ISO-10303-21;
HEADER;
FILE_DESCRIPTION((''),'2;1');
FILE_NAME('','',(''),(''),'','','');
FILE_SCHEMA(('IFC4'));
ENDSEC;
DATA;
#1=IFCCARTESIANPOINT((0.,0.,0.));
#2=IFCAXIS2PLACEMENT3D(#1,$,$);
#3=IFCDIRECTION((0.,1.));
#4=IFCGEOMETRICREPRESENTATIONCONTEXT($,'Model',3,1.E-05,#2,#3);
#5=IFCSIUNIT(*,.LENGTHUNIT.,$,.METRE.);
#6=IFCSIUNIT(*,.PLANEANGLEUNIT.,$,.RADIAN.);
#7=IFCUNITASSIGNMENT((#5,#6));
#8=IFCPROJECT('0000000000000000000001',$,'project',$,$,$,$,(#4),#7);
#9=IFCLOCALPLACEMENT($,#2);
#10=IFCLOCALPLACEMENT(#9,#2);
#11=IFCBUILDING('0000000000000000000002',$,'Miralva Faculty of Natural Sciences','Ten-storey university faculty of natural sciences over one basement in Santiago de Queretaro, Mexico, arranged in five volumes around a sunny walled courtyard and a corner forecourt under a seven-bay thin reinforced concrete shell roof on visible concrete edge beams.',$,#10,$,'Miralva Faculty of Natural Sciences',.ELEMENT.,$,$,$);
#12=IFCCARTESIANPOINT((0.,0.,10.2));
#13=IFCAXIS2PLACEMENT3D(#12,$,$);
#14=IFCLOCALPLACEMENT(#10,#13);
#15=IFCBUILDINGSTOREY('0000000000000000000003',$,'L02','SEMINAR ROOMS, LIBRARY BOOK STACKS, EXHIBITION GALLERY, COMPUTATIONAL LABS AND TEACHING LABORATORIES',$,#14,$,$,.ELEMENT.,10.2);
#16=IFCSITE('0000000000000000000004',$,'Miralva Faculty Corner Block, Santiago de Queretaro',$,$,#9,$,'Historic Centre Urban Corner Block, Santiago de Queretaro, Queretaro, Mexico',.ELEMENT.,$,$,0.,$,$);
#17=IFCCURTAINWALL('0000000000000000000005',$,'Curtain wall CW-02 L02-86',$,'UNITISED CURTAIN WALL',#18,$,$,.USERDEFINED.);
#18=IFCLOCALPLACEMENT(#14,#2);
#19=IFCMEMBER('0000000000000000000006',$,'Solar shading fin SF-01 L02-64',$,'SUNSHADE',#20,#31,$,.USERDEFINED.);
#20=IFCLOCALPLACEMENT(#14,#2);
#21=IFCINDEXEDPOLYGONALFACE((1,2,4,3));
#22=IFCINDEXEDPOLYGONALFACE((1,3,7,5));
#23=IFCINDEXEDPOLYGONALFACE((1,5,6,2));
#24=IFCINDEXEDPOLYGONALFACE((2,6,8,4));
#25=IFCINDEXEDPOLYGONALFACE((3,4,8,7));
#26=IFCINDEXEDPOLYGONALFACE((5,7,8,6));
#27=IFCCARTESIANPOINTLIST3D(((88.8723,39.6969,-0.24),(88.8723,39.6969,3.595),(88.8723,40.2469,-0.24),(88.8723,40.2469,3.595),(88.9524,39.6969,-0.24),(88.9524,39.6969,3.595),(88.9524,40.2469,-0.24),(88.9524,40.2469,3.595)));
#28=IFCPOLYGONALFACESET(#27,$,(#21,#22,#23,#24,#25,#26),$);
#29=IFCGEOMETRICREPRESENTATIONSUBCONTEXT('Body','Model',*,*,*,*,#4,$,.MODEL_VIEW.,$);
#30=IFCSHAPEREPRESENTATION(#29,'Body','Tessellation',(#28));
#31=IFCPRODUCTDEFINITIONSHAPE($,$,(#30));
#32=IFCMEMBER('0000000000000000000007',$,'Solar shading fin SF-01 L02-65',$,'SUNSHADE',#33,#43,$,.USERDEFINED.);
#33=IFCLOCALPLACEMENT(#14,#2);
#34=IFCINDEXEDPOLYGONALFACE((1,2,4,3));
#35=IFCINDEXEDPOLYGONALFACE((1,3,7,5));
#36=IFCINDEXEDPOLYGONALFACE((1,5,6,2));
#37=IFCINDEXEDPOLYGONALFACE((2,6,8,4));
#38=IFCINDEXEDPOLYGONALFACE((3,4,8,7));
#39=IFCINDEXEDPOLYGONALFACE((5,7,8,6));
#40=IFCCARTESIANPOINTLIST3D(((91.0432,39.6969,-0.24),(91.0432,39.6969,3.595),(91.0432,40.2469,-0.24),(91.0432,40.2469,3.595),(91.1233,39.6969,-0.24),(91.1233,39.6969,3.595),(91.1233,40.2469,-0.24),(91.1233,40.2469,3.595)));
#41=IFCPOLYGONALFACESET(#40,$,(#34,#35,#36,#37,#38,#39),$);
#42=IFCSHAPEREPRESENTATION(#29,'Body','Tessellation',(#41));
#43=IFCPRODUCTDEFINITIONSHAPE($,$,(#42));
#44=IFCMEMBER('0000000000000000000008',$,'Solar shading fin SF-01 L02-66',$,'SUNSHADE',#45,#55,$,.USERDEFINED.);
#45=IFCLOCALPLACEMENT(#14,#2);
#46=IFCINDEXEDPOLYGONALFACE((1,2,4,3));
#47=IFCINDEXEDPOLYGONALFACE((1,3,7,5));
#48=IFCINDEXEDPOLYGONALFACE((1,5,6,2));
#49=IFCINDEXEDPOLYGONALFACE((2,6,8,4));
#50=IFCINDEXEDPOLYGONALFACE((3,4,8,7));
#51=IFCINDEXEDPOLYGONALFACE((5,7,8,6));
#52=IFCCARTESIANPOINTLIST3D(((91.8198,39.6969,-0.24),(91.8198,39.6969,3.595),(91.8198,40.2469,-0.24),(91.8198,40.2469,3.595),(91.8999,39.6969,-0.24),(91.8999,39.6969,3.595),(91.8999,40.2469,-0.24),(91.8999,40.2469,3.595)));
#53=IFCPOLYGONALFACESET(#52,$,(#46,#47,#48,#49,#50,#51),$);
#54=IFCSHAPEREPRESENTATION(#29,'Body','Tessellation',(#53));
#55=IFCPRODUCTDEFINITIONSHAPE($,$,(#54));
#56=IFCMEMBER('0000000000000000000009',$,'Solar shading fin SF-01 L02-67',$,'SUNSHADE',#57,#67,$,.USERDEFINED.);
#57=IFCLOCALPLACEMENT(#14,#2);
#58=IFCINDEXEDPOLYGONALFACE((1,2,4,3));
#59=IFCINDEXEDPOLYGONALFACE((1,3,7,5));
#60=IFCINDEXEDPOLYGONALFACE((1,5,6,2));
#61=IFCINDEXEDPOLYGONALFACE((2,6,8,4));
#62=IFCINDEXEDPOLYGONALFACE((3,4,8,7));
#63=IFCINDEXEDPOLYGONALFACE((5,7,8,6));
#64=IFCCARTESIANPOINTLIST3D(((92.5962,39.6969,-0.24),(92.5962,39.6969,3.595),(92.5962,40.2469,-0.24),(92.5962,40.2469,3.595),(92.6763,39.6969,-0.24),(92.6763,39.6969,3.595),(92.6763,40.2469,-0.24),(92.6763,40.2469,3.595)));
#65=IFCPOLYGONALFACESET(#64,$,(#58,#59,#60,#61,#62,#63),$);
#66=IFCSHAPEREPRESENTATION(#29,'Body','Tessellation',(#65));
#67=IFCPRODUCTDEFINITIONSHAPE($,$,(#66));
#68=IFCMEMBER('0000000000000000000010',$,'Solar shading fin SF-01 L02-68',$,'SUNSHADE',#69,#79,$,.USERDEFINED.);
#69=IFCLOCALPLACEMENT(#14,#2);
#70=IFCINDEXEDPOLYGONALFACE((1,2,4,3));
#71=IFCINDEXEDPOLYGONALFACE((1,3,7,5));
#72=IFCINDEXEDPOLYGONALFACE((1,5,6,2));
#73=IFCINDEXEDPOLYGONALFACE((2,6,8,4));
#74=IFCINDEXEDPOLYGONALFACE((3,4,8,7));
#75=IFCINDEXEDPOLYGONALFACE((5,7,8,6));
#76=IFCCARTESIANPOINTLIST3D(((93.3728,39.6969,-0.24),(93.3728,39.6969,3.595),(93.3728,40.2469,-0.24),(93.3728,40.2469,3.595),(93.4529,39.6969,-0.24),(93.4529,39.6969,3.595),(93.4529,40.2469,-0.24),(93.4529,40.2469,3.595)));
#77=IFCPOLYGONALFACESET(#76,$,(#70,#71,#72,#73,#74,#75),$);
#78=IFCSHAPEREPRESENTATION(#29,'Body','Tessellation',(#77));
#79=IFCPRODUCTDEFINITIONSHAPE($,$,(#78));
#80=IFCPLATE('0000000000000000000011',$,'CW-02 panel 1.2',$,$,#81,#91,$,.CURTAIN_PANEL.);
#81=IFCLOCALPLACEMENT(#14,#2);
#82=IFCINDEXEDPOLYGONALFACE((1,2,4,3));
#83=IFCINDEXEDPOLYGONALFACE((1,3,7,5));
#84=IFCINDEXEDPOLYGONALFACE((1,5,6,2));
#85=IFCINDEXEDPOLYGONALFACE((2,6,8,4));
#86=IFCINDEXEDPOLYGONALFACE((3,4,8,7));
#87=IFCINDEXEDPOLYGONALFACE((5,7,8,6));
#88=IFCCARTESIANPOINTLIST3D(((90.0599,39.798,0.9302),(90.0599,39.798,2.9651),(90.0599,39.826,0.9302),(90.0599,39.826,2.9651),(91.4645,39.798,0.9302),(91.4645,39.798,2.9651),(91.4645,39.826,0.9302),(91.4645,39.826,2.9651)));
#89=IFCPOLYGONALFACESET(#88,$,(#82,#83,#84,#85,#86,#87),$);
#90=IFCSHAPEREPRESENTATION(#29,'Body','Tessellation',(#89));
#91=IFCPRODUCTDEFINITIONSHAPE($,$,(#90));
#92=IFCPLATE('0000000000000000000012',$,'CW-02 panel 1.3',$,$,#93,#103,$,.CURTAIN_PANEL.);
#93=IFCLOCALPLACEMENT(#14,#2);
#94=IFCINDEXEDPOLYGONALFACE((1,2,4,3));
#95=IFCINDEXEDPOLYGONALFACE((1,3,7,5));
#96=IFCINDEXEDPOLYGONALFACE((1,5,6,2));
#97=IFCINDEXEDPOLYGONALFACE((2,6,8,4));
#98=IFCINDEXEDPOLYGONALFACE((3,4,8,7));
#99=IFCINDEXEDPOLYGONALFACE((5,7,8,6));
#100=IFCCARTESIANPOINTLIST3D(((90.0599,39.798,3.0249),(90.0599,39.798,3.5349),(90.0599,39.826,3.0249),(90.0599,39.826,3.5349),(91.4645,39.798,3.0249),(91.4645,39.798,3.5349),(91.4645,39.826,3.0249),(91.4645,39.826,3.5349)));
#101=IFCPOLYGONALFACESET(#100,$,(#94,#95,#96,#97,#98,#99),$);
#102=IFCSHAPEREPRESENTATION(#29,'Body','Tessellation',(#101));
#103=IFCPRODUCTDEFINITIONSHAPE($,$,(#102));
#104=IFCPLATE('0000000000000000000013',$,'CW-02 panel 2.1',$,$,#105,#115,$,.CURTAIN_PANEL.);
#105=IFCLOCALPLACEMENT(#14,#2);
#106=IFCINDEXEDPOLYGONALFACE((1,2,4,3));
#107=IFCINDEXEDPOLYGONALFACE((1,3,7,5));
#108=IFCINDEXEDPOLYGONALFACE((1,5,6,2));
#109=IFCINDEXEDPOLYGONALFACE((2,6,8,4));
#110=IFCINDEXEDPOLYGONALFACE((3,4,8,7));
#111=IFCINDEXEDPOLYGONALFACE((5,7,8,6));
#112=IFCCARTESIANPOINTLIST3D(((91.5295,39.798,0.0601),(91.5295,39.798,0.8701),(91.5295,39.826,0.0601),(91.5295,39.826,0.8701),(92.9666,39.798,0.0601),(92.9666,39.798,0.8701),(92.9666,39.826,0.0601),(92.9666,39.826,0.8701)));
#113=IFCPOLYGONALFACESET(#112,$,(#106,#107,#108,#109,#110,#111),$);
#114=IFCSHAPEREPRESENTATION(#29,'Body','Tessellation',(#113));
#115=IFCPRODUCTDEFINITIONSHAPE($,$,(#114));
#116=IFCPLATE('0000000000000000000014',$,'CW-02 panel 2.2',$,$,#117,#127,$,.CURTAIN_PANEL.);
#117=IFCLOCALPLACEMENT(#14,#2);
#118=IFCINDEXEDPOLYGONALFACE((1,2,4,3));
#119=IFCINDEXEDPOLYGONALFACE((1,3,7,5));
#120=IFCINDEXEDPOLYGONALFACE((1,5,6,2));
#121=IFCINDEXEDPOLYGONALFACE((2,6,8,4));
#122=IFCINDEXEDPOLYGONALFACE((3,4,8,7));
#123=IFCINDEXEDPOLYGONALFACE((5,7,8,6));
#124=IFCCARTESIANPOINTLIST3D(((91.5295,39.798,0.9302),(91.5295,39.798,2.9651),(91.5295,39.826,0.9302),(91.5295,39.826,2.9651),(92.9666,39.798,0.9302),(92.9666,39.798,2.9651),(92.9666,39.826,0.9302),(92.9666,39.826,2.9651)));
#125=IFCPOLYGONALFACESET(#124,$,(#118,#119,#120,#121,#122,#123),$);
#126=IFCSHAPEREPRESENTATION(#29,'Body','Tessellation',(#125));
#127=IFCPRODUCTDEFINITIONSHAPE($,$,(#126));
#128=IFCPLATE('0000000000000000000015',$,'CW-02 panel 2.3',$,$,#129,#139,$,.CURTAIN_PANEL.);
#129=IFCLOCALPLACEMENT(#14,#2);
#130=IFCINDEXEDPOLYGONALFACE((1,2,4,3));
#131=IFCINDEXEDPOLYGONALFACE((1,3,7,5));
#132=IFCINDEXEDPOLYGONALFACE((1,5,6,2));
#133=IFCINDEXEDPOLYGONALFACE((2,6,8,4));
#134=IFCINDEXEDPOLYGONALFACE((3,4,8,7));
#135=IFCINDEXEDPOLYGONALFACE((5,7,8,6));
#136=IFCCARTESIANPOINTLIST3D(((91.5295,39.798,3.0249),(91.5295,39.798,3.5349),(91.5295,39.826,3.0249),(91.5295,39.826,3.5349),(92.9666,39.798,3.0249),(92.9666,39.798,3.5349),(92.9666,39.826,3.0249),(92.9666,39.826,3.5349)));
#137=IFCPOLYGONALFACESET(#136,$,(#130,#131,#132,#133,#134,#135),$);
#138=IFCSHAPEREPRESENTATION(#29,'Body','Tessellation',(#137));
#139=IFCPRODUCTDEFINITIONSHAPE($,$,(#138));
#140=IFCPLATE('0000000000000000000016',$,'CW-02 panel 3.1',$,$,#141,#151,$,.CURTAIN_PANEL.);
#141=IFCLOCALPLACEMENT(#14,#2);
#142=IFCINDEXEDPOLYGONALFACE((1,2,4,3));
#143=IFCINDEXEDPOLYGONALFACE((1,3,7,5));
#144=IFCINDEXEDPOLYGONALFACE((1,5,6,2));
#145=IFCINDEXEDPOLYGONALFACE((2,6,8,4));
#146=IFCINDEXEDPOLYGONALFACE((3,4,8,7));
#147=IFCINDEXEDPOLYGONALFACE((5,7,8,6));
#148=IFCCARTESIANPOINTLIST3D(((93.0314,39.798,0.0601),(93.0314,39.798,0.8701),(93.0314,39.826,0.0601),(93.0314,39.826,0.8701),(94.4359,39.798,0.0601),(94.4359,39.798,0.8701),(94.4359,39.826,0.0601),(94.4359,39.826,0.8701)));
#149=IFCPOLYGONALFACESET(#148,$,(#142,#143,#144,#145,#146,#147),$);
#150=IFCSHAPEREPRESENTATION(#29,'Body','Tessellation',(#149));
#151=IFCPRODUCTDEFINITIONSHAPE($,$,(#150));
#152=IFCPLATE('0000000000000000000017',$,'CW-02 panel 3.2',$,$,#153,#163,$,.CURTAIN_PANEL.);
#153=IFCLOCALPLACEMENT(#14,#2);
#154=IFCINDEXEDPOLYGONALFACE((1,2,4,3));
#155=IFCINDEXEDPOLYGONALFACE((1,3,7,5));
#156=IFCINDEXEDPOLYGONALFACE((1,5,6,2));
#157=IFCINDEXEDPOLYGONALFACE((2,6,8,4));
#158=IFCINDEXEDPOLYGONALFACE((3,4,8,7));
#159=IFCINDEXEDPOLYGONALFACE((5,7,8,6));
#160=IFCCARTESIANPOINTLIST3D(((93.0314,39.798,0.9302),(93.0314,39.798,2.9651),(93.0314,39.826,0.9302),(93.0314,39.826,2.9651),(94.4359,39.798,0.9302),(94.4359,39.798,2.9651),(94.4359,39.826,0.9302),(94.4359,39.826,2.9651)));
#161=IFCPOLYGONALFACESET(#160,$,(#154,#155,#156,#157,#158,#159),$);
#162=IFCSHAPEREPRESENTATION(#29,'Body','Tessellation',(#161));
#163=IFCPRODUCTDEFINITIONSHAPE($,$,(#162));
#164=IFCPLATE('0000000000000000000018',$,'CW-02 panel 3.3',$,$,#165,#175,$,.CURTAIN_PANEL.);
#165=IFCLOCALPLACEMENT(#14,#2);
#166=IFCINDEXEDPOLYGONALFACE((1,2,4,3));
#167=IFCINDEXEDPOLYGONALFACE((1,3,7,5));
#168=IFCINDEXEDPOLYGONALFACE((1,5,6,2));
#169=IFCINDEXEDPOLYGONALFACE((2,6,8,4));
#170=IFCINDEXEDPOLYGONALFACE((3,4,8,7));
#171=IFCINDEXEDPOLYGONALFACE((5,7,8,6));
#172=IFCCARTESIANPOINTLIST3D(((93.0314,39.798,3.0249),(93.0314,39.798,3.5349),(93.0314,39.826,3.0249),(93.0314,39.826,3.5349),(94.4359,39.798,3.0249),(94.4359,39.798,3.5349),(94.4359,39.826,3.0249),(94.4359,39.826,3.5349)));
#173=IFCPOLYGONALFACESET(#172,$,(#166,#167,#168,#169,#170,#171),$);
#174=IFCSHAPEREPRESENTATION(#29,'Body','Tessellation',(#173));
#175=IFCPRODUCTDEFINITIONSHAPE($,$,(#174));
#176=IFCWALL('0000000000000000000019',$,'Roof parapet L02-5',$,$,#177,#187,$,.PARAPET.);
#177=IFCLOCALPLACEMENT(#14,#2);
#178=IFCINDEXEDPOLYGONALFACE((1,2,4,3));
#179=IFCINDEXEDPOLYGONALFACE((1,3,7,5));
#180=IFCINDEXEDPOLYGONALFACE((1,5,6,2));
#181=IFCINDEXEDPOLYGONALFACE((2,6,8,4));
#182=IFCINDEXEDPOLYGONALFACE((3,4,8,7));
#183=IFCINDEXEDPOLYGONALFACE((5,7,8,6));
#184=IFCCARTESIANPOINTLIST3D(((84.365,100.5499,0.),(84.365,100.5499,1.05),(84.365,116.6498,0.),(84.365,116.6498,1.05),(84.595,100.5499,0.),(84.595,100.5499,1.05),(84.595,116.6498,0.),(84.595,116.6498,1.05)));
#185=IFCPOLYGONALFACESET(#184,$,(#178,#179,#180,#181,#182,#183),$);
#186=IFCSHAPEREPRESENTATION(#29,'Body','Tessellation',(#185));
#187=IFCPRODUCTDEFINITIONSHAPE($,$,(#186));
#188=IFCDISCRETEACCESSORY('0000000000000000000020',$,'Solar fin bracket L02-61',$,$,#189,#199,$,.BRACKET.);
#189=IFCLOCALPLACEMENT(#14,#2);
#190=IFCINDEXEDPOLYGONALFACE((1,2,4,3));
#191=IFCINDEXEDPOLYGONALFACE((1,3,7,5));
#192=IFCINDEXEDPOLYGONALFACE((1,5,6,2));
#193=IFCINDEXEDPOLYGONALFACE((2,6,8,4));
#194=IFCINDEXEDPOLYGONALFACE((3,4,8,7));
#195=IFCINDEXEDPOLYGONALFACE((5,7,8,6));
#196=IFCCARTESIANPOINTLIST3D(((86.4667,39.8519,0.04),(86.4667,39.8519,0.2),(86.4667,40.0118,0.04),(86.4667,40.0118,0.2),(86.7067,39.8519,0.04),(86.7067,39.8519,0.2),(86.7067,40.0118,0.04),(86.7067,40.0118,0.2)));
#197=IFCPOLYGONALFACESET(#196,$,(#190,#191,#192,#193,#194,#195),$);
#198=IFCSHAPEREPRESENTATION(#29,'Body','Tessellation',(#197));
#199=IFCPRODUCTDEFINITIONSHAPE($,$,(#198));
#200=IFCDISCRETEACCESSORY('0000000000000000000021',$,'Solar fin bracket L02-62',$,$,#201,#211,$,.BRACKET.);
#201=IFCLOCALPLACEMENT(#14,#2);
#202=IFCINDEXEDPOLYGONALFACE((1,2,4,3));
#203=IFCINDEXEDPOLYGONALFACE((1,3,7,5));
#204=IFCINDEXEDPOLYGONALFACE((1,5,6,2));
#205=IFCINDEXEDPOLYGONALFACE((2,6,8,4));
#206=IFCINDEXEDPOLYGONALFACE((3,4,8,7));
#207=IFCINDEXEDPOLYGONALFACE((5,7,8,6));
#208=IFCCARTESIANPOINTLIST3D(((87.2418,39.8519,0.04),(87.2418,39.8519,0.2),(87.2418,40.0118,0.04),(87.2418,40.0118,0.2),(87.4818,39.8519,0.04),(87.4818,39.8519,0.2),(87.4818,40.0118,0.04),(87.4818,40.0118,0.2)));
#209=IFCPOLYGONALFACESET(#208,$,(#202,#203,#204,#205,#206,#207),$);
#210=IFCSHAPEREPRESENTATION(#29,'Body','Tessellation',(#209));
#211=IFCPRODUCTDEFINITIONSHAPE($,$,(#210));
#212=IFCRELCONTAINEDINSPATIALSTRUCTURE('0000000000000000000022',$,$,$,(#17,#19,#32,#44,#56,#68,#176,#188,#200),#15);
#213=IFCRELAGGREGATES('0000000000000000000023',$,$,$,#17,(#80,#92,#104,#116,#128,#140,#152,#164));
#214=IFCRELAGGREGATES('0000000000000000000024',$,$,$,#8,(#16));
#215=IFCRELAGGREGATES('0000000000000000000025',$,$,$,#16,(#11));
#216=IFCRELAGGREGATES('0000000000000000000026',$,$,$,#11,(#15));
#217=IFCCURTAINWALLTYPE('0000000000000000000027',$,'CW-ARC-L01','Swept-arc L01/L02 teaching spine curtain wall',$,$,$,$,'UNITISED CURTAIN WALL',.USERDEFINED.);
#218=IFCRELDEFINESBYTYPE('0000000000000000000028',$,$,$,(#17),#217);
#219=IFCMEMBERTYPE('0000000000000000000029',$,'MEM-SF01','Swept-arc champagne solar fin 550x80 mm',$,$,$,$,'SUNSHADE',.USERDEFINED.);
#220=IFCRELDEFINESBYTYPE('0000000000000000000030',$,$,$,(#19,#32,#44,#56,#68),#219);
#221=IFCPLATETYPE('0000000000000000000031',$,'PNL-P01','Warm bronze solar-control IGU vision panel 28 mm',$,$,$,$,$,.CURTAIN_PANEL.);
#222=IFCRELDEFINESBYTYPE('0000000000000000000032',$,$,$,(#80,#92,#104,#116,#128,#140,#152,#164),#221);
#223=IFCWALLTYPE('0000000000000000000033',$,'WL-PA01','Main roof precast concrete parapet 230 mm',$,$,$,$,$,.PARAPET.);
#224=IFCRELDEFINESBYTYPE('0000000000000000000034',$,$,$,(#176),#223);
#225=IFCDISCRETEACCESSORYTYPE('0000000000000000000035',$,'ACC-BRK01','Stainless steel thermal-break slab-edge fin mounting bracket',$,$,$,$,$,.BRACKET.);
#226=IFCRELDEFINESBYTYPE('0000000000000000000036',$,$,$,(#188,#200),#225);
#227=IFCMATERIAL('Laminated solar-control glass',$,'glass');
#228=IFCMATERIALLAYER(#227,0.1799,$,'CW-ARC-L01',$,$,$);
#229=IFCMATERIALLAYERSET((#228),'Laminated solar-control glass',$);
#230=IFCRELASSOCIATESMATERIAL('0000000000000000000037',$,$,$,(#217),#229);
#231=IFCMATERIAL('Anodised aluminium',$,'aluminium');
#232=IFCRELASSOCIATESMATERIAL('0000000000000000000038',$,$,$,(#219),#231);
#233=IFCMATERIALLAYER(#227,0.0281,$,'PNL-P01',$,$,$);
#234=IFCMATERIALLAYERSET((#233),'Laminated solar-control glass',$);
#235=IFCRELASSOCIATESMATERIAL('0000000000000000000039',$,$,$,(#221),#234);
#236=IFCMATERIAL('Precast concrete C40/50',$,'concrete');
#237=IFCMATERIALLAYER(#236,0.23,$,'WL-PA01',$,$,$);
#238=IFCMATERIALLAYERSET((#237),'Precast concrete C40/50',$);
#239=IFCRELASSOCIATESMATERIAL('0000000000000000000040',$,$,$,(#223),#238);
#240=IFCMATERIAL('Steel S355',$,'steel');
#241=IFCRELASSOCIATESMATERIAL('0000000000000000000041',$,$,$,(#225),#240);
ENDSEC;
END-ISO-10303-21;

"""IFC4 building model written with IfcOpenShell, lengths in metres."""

from ifc_helpers import new_model, si_unit, direction, frame, frame_2d, origin, origin_2d, place, context, subcontext, project, spatial, rectangle, extrude, material, layer, layer_set, material_profile, profile_set, type_object, element, aggregate, save


model = new_model("IFC4")

# Units and contexts
model_context = context("Model", 3, precision=1e-05, world=origin(), true_north=direction((0.0, 1.0)))
body_context = subcontext(model_context, "Body", "Model", "MODEL_VIEW")
ifc_project = project(units=[si_unit("LENGTHUNIT", "METRE"), si_unit("PLANEANGLEUNIT", "RADIAN")], contexts=[model_context])

# Site, building, storey
site_placement = place(None, origin())
site = spatial("IfcSite", under=ifc_project, at=site_placement, Name="Miralva Faculty Corner Block, Santiago de Queretaro", LongName="Historic Centre Urban Corner Block, Santiago de Queretaro, Queretaro, Mexico", CompositionType="ELEMENT", RefElevation=0.0)
building_placement = place(site_placement, origin())
building = spatial("IfcBuilding", under=site, at=building_placement, Name="Miralva Faculty of Natural Sciences", Description="Ten-storey university faculty of natural sciences over one basement in Santiago de Queretaro, Mexico, arranged in five volumes around a sunny walled courtyard and a corner forecourt under a seven-bay thin reinforced concrete shell roof on visible concrete edge beams.", LongName="Miralva Faculty of Natural Sciences", CompositionType="ELEMENT")
storey_placement = place(building_placement, frame((0.0, 0.0, 10.2)))
storey = spatial("IfcBuildingStorey", under=building, at=storey_placement, Name="L02", Description="SEMINAR ROOMS, LIBRARY BOOK STACKS, EXHIBITION GALLERY, COMPUTATIONAL LABS AND TEACHING LABORATORIES", CompositionType="ELEMENT", Elevation=10.2)

# Curtain wall
ifc_material_1 = material(Name="Laminated solar-control glass", Category="glass")
ifc_layer_1 = layer(ifc_material_1, 0.1799, Name="CW-ARC-L01")
ifc_layer_set_1 = layer_set([ifc_layer_1], Name="Laminated solar-control glass")
curtain_wall_type = type_object("IfcCurtainWallType", Name="CW-ARC-L01", Description="Swept-arc L01/L02 teaching spine curtain wall", ElementType="UNITISED CURTAIN WALL", PredefinedType="USERDEFINED", material=ifc_layer_set_1)
curtain_wall_placement = place(storey_placement, origin())
curtain_wall = element("IfcCurtainWall", 1, at=curtain_wall_placement, inside=storey, type_object=curtain_wall_type, Name="Curtain wall CW-02 L02-86", ObjectType="UNITISED CURTAIN WALL", PredefinedType="USERDEFINED")
ifc_material_2 = material(Name="Anodised aluminium", Category="aluminium")

# Members
ifc_material_profile_1 = material_profile(ifc_material_2, rectangle(XDim=0.0801, YDim=0.55, at=origin_2d()), Name="FIN 550x80")
ifc_profile_set_1 = profile_set([ifc_material_profile_1], Name="Anodised aluminium")
member_type_1 = type_object("IfcMemberType", Name="MEM-SF01", Description="Swept-arc champagne solar fin 550x80 mm", ElementType="SUNSHADE", PredefinedType="USERDEFINED", material=ifc_profile_set_1)
for number, where, z_axis, x_axis, name in (
    (2, (88.9124, 39.9719, -0.24), (0.0, 0.0, 1.0), (-1.0, 0.0, 0.0), "Solar shading fin SF-01 L02-64"),
    (3, (91.0833, 39.9719, -0.24), (0.0, 0.0, 1.0), (-1.0, 0.0, 0.0), "Solar shading fin SF-01 L02-65"),
    (4, (91.8599, 39.9719, -0.24), (0.0, 0.0, 1.0), (-1.0, 0.0, 0.0), "Solar shading fin SF-01 L02-66"),
    (5, (92.6362, 39.9719, -0.24), (0.0, 0.0, 1.0), (-1.0, 0.0, 0.0), "Solar shading fin SF-01 L02-67"),
    (6, (93.4128, 39.9719, -0.24), (0.0, 0.0, 1.0), (-1.0, 0.0, 0.0), "Solar shading fin SF-01 L02-68"),
):
    element("IfcMember", number, at=place(storey_placement, frame(where, z_axis=z_axis, x_axis=x_axis)), inside=storey, type_object=member_type_1, Name=name, ObjectType="SUNSHADE", PredefinedType="USERDEFINED", context=body_context, shape_type="SweptSolid", body=[
        extrude(rectangle(XDim=0.0801, YDim=0.55, at=origin_2d()), origin(), (0.0, 0.0, 1.0), 3.835),
    ])

# Plates
ifc_layer_2 = layer(ifc_material_1, 0.0281, Name="PNL-P01")
ifc_layer_set_2 = layer_set([ifc_layer_2], Name="Laminated solar-control glass")
plate_type = type_object("IfcPlateType", Name="PNL-P01", Description="Warm bronze solar-control IGU vision panel 28 mm", PredefinedType="CURTAIN_PANEL", material=ifc_layer_set_2)
plate_1_placement = place(storey_placement, frame((90.7622, 39.812, 0.9302), z_axis=(0.0, 0.0, 1.0), x_axis=(1.0, 0.0, 0.0)))
plate_1 = element("IfcPlate", 7, at=plate_1_placement, type_object=plate_type, Name="CW-02 panel 1.2", PredefinedType="CURTAIN_PANEL", context=body_context, shape_type="SweptSolid", body=[
    extrude(rectangle(XDim=1.4045, YDim=0.0281, at=origin_2d()), origin(), (0.0, 0.0, 1.0), 2.0349),
])
plate_2_placement = place(storey_placement, frame((90.7622, 39.812, 3.0249), z_axis=(0.0, 0.0, 1.0), x_axis=(1.0, 0.0, 0.0)))
plate_2 = element("IfcPlate", 8, at=plate_2_placement, type_object=plate_type, Name="CW-02 panel 1.3", PredefinedType="CURTAIN_PANEL", context=body_context, shape_type="SweptSolid", body=[
    extrude(rectangle(XDim=1.4045, YDim=0.0281, at=origin_2d()), origin(), (0.0, 0.0, 1.0), 0.51),
])
plate_3_placement = place(storey_placement, frame((92.248, 39.812, 0.0601), z_axis=(0.0, 0.0, 1.0), x_axis=(1.0, 0.0, 0.0)))
plate_3 = element("IfcPlate", 9, at=plate_3_placement, type_object=plate_type, Name="CW-02 panel 2.1", PredefinedType="CURTAIN_PANEL", context=body_context, shape_type="SweptSolid", body=[
    extrude(rectangle(XDim=1.437, YDim=0.0281, at=origin_2d()), origin(), (0.0, 0.0, 1.0), 0.8101),
])
plate_4_placement = place(storey_placement, frame((92.248, 39.812, 0.9302), z_axis=(0.0, 0.0, 1.0), x_axis=(1.0, 0.0, 0.0)))
plate_4 = element("IfcPlate", 10, at=plate_4_placement, type_object=plate_type, Name="CW-02 panel 2.2", PredefinedType="CURTAIN_PANEL", context=body_context, shape_type="SweptSolid", body=[
    extrude(rectangle(XDim=1.437, YDim=0.0281, at=origin_2d()), origin(), (0.0, 0.0, 1.0), 2.0349),
])
plate_5_placement = place(storey_placement, frame((92.248, 39.812, 3.0249), z_axis=(0.0, 0.0, 1.0), x_axis=(1.0, 0.0, 0.0)))
plate_5 = element("IfcPlate", 11, at=plate_5_placement, type_object=plate_type, Name="CW-02 panel 2.3", PredefinedType="CURTAIN_PANEL", context=body_context, shape_type="SweptSolid", body=[
    extrude(rectangle(XDim=1.437, YDim=0.0281, at=origin_2d()), origin(), (0.0, 0.0, 1.0), 0.51),
])
plate_6_placement = place(storey_placement, frame((93.7336, 39.812, 0.0601), z_axis=(0.0, 0.0, 1.0), x_axis=(1.0, 0.0, 0.0)))
plate_6 = element("IfcPlate", 12, at=plate_6_placement, type_object=plate_type, Name="CW-02 panel 3.1", PredefinedType="CURTAIN_PANEL", context=body_context, shape_type="SweptSolid", body=[
    extrude(rectangle(XDim=1.4045, YDim=0.0281, at=origin_2d()), origin(), (0.0, 0.0, 1.0), 0.8101),
])
plate_7_placement = place(storey_placement, frame((93.7336, 39.812, 0.9302), z_axis=(0.0, 0.0, 1.0), x_axis=(1.0, 0.0, 0.0)))
plate_7 = element("IfcPlate", 13, at=plate_7_placement, type_object=plate_type, Name="CW-02 panel 3.2", PredefinedType="CURTAIN_PANEL", context=body_context, shape_type="SweptSolid", body=[
    extrude(rectangle(XDim=1.4045, YDim=0.0281, at=origin_2d()), origin(), (0.0, 0.0, 1.0), 2.0349),
])
plate_8_placement = place(storey_placement, frame((93.7336, 39.812, 3.0249), z_axis=(0.0, 0.0, 1.0), x_axis=(1.0, 0.0, 0.0)))
plate_8 = element("IfcPlate", 14, at=plate_8_placement, type_object=plate_type, Name="CW-02 panel 3.3", PredefinedType="CURTAIN_PANEL", context=body_context, shape_type="SweptSolid", body=[
    extrude(rectangle(XDim=1.4045, YDim=0.0281, at=origin_2d()), origin(), (0.0, 0.0, 1.0), 0.51),
])
aggregate(curtain_wall, [plate_1, plate_2, plate_3, plate_4, plate_5, plate_6, plate_7, plate_8])

# Wall
ifc_material_3 = material(Name="Precast concrete C40/50", Category="concrete")
ifc_layer_3 = layer(ifc_material_3, 0.23, Name="WL-PA01")
ifc_layer_set_3 = layer_set([ifc_layer_3], Name="Precast concrete C40/50")
wall_type = type_object("IfcWallType", Name="WL-PA01", Description="Main roof precast concrete parapet 230 mm", PredefinedType="PARAPET", material=ifc_layer_set_3)
wall_placement = place(storey_placement, frame((84.48, 100.55, 0.0), z_axis=(0.0, 0.0, 1.0), x_axis=(0.0, 1.0, 0.0)))
element("IfcWall", 15, at=wall_placement, inside=storey, type_object=wall_type, Name="Roof parapet L02-5", PredefinedType="PARAPET", context=body_context, shape_type="SweptSolid", body=[
    extrude(rectangle(XDim=16.0999, YDim=0.23, at=frame_2d((8.0498, 0.0))), origin(), (0.0, 0.0, 1.0), 1.05),
])

# Discrete accessories
ifc_material_4 = material(Name="Steel S355", Category="steel")
discrete_accessory_type = type_object("IfcDiscreteAccessoryType", Name="ACC-BRK01", Description="Stainless steel thermal-break slab-edge fin mounting bracket", PredefinedType="BRACKET", material=ifc_material_4)
for number, where, z_axis, x_axis, name in (
    (16, (86.5867, 39.9319, 0.04), (0.0, 0.0, 1.0), (0.0, 1.0, 0.0), "Solar fin bracket L02-61"),
    (17, (87.3618, 39.9319, 0.04), (0.0, 0.0, 1.0), (0.0, 1.0, 0.0), "Solar fin bracket L02-62"),
):
    element("IfcDiscreteAccessory", number, at=place(storey_placement, frame(where, z_axis=z_axis, x_axis=x_axis)), inside=storey, type_object=discrete_accessory_type, Name=name, PredefinedType="BRACKET", context=body_context, shape_type="SweptSolid", body=[
        extrude(rectangle(XDim=0.1599, YDim=0.24, at=origin_2d()), origin(), (0.0, 0.0, 1.0), 0.1599),
    ])

save(model, "model.ifc")
